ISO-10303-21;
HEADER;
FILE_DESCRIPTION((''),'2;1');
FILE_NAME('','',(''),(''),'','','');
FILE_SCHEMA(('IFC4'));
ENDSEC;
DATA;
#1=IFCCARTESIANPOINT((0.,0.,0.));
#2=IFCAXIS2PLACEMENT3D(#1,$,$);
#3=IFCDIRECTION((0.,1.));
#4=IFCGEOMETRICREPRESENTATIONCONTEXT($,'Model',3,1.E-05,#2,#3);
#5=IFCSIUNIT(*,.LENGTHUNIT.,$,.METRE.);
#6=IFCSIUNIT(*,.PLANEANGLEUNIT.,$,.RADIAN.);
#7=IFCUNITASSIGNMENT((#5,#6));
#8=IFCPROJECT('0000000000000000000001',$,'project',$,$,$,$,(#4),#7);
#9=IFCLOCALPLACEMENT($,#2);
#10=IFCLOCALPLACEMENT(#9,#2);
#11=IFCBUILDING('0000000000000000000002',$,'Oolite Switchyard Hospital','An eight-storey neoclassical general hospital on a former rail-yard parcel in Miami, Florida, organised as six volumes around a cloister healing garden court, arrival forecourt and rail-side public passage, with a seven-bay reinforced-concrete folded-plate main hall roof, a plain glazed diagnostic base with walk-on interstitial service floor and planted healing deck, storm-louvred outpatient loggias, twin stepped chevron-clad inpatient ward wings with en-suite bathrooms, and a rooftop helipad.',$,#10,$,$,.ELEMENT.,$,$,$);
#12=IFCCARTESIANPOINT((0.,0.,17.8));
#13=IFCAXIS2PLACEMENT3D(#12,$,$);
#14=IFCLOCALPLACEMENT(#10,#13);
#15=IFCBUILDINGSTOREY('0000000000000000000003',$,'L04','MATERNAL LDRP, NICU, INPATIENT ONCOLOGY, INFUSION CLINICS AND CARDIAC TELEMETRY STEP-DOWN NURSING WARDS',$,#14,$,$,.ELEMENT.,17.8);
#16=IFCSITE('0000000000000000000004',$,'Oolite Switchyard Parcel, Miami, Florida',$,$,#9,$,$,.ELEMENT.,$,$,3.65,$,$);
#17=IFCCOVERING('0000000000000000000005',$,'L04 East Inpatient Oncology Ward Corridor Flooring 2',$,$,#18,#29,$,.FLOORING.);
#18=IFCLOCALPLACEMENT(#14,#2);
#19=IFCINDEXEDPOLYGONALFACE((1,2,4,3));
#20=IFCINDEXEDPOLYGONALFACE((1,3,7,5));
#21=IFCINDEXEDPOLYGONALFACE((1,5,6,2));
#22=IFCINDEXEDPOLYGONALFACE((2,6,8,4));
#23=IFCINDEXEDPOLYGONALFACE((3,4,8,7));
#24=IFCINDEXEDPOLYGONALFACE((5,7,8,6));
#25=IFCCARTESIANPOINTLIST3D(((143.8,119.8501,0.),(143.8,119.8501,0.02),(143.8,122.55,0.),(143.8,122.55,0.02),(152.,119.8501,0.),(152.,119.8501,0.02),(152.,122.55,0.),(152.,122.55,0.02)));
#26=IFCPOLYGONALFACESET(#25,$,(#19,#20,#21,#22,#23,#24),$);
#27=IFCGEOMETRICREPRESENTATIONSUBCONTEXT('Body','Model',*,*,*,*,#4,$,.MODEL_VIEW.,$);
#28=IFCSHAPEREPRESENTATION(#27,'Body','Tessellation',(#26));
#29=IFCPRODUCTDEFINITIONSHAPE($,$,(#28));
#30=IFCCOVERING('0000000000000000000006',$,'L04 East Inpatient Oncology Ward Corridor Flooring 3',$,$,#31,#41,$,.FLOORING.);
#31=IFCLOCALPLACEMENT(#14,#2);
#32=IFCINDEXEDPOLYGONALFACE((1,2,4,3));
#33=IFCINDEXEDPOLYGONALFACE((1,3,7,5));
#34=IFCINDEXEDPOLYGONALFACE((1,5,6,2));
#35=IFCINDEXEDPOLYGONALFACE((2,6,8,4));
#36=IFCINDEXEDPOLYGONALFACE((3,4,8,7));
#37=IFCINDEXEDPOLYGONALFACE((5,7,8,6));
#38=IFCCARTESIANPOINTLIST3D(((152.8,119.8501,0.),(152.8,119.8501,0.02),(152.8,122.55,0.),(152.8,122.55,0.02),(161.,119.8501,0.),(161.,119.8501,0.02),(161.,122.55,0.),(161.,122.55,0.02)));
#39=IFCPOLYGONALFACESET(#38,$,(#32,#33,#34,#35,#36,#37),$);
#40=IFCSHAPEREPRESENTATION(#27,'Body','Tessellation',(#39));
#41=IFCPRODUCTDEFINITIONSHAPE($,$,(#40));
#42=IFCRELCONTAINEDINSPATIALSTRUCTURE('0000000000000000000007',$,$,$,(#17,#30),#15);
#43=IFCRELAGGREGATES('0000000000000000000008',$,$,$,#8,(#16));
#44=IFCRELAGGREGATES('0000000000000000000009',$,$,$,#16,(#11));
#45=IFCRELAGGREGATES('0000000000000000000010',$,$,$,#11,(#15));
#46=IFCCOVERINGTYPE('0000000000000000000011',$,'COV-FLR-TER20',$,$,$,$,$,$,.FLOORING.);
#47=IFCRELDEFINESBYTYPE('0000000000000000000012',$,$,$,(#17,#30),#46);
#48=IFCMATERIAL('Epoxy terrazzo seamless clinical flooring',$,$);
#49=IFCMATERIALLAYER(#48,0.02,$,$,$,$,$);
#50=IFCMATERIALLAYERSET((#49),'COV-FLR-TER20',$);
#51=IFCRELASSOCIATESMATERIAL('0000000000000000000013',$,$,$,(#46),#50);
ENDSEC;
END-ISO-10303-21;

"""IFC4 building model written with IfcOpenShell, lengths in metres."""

from ifc_helpers import new_model, si_unit, direction, frame, origin, place, context, subcontext, project, spatial, polyline, outline, extrude, material, layer, layer_set, type_object, element, save


model = new_model("IFC4")

# Units and contexts
model_context = context("Model", 3, precision=1e-05, world=origin(), true_north=direction((0.0, 1.0)))
body_context = subcontext(model_context, "Body", "Model", "MODEL_VIEW")
ifc_project = project(units=[si_unit("LENGTHUNIT", "METRE"), si_unit("PLANEANGLEUNIT", "RADIAN")], contexts=[model_context])

# Site, building, storey
site_placement = place(None, origin())
site = spatial("IfcSite", under=ifc_project, at=site_placement, Name="Oolite Switchyard Parcel, Miami, Florida", CompositionType="ELEMENT", RefElevation=3.65)
building_placement = place(site_placement, origin())
building = spatial("IfcBuilding", under=site, at=building_placement, Name="Oolite Switchyard Hospital", Description="An eight-storey neoclassical general hospital on a former rail-yard parcel in Miami, Florida, organised as six volumes around a cloister healing garden court, arrival forecourt and rail-side public passage, with a seven-bay reinforced-concrete folded-plate main hall roof, a plain glazed diagnostic base with walk-on interstitial service floor and planted healing deck, storm-louvred outpatient loggias, twin stepped chevron-clad inpatient ward wings with en-suite bathrooms, and a rooftop helipad.", CompositionType="ELEMENT")
storey_placement = place(building_placement, frame((0.0, 0.0, 17.8)))
storey = spatial("IfcBuildingStorey", under=building, at=storey_placement, Name="L04", Description="MATERNAL LDRP, NICU, INPATIENT ONCOLOGY, INFUSION CLINICS AND CARDIAC TELEMETRY STEP-DOWN NURSING WARDS", CompositionType="ELEMENT", Elevation=17.8)

# Coverings
ifc_material_1 = material(Name="Epoxy terrazzo seamless clinical flooring")
ifc_layer_1 = layer(ifc_material_1, 0.02)
ifc_layer_set_1 = layer_set([ifc_layer_1], Name="COV-FLR-TER20")
covering_type = type_object("IfcCoveringType", Name="COV-FLR-TER20", PredefinedType="FLOORING", material=ifc_layer_set_1)
covering_1_placement = place(storey_placement, origin())
element("IfcCovering", 1, at=covering_1_placement, inside=storey, type_object=covering_type, Name="L04 East Inpatient Oncology Ward Corridor Flooring 2", PredefinedType="FLOORING", context=body_context, shape_type="SweptSolid", body=[
    extrude(outline(polyline([(143.8, 119.8501), (152.0, 119.8501), (152.0, 122.55), (143.8, 122.55), (143.8, 119.8501)])), origin(), (0.0, 0.0, 1.0), 0.02),
])
covering_2_placement = place(storey_placement, origin())
element("IfcCovering", 2, at=covering_2_placement, inside=storey, type_object=covering_type, Name="L04 East Inpatient Oncology Ward Corridor Flooring 3", PredefinedType="FLOORING", context=body_context, shape_type="SweptSolid", body=[
    extrude(outline(polyline([(152.8, 119.8501), (161.0, 119.8501), (161.0, 122.55), (152.8, 122.55), (152.8, 119.8501)])), origin(), (0.0, 0.0, 1.0), 0.02),
])

save(model, "model.ifc")
